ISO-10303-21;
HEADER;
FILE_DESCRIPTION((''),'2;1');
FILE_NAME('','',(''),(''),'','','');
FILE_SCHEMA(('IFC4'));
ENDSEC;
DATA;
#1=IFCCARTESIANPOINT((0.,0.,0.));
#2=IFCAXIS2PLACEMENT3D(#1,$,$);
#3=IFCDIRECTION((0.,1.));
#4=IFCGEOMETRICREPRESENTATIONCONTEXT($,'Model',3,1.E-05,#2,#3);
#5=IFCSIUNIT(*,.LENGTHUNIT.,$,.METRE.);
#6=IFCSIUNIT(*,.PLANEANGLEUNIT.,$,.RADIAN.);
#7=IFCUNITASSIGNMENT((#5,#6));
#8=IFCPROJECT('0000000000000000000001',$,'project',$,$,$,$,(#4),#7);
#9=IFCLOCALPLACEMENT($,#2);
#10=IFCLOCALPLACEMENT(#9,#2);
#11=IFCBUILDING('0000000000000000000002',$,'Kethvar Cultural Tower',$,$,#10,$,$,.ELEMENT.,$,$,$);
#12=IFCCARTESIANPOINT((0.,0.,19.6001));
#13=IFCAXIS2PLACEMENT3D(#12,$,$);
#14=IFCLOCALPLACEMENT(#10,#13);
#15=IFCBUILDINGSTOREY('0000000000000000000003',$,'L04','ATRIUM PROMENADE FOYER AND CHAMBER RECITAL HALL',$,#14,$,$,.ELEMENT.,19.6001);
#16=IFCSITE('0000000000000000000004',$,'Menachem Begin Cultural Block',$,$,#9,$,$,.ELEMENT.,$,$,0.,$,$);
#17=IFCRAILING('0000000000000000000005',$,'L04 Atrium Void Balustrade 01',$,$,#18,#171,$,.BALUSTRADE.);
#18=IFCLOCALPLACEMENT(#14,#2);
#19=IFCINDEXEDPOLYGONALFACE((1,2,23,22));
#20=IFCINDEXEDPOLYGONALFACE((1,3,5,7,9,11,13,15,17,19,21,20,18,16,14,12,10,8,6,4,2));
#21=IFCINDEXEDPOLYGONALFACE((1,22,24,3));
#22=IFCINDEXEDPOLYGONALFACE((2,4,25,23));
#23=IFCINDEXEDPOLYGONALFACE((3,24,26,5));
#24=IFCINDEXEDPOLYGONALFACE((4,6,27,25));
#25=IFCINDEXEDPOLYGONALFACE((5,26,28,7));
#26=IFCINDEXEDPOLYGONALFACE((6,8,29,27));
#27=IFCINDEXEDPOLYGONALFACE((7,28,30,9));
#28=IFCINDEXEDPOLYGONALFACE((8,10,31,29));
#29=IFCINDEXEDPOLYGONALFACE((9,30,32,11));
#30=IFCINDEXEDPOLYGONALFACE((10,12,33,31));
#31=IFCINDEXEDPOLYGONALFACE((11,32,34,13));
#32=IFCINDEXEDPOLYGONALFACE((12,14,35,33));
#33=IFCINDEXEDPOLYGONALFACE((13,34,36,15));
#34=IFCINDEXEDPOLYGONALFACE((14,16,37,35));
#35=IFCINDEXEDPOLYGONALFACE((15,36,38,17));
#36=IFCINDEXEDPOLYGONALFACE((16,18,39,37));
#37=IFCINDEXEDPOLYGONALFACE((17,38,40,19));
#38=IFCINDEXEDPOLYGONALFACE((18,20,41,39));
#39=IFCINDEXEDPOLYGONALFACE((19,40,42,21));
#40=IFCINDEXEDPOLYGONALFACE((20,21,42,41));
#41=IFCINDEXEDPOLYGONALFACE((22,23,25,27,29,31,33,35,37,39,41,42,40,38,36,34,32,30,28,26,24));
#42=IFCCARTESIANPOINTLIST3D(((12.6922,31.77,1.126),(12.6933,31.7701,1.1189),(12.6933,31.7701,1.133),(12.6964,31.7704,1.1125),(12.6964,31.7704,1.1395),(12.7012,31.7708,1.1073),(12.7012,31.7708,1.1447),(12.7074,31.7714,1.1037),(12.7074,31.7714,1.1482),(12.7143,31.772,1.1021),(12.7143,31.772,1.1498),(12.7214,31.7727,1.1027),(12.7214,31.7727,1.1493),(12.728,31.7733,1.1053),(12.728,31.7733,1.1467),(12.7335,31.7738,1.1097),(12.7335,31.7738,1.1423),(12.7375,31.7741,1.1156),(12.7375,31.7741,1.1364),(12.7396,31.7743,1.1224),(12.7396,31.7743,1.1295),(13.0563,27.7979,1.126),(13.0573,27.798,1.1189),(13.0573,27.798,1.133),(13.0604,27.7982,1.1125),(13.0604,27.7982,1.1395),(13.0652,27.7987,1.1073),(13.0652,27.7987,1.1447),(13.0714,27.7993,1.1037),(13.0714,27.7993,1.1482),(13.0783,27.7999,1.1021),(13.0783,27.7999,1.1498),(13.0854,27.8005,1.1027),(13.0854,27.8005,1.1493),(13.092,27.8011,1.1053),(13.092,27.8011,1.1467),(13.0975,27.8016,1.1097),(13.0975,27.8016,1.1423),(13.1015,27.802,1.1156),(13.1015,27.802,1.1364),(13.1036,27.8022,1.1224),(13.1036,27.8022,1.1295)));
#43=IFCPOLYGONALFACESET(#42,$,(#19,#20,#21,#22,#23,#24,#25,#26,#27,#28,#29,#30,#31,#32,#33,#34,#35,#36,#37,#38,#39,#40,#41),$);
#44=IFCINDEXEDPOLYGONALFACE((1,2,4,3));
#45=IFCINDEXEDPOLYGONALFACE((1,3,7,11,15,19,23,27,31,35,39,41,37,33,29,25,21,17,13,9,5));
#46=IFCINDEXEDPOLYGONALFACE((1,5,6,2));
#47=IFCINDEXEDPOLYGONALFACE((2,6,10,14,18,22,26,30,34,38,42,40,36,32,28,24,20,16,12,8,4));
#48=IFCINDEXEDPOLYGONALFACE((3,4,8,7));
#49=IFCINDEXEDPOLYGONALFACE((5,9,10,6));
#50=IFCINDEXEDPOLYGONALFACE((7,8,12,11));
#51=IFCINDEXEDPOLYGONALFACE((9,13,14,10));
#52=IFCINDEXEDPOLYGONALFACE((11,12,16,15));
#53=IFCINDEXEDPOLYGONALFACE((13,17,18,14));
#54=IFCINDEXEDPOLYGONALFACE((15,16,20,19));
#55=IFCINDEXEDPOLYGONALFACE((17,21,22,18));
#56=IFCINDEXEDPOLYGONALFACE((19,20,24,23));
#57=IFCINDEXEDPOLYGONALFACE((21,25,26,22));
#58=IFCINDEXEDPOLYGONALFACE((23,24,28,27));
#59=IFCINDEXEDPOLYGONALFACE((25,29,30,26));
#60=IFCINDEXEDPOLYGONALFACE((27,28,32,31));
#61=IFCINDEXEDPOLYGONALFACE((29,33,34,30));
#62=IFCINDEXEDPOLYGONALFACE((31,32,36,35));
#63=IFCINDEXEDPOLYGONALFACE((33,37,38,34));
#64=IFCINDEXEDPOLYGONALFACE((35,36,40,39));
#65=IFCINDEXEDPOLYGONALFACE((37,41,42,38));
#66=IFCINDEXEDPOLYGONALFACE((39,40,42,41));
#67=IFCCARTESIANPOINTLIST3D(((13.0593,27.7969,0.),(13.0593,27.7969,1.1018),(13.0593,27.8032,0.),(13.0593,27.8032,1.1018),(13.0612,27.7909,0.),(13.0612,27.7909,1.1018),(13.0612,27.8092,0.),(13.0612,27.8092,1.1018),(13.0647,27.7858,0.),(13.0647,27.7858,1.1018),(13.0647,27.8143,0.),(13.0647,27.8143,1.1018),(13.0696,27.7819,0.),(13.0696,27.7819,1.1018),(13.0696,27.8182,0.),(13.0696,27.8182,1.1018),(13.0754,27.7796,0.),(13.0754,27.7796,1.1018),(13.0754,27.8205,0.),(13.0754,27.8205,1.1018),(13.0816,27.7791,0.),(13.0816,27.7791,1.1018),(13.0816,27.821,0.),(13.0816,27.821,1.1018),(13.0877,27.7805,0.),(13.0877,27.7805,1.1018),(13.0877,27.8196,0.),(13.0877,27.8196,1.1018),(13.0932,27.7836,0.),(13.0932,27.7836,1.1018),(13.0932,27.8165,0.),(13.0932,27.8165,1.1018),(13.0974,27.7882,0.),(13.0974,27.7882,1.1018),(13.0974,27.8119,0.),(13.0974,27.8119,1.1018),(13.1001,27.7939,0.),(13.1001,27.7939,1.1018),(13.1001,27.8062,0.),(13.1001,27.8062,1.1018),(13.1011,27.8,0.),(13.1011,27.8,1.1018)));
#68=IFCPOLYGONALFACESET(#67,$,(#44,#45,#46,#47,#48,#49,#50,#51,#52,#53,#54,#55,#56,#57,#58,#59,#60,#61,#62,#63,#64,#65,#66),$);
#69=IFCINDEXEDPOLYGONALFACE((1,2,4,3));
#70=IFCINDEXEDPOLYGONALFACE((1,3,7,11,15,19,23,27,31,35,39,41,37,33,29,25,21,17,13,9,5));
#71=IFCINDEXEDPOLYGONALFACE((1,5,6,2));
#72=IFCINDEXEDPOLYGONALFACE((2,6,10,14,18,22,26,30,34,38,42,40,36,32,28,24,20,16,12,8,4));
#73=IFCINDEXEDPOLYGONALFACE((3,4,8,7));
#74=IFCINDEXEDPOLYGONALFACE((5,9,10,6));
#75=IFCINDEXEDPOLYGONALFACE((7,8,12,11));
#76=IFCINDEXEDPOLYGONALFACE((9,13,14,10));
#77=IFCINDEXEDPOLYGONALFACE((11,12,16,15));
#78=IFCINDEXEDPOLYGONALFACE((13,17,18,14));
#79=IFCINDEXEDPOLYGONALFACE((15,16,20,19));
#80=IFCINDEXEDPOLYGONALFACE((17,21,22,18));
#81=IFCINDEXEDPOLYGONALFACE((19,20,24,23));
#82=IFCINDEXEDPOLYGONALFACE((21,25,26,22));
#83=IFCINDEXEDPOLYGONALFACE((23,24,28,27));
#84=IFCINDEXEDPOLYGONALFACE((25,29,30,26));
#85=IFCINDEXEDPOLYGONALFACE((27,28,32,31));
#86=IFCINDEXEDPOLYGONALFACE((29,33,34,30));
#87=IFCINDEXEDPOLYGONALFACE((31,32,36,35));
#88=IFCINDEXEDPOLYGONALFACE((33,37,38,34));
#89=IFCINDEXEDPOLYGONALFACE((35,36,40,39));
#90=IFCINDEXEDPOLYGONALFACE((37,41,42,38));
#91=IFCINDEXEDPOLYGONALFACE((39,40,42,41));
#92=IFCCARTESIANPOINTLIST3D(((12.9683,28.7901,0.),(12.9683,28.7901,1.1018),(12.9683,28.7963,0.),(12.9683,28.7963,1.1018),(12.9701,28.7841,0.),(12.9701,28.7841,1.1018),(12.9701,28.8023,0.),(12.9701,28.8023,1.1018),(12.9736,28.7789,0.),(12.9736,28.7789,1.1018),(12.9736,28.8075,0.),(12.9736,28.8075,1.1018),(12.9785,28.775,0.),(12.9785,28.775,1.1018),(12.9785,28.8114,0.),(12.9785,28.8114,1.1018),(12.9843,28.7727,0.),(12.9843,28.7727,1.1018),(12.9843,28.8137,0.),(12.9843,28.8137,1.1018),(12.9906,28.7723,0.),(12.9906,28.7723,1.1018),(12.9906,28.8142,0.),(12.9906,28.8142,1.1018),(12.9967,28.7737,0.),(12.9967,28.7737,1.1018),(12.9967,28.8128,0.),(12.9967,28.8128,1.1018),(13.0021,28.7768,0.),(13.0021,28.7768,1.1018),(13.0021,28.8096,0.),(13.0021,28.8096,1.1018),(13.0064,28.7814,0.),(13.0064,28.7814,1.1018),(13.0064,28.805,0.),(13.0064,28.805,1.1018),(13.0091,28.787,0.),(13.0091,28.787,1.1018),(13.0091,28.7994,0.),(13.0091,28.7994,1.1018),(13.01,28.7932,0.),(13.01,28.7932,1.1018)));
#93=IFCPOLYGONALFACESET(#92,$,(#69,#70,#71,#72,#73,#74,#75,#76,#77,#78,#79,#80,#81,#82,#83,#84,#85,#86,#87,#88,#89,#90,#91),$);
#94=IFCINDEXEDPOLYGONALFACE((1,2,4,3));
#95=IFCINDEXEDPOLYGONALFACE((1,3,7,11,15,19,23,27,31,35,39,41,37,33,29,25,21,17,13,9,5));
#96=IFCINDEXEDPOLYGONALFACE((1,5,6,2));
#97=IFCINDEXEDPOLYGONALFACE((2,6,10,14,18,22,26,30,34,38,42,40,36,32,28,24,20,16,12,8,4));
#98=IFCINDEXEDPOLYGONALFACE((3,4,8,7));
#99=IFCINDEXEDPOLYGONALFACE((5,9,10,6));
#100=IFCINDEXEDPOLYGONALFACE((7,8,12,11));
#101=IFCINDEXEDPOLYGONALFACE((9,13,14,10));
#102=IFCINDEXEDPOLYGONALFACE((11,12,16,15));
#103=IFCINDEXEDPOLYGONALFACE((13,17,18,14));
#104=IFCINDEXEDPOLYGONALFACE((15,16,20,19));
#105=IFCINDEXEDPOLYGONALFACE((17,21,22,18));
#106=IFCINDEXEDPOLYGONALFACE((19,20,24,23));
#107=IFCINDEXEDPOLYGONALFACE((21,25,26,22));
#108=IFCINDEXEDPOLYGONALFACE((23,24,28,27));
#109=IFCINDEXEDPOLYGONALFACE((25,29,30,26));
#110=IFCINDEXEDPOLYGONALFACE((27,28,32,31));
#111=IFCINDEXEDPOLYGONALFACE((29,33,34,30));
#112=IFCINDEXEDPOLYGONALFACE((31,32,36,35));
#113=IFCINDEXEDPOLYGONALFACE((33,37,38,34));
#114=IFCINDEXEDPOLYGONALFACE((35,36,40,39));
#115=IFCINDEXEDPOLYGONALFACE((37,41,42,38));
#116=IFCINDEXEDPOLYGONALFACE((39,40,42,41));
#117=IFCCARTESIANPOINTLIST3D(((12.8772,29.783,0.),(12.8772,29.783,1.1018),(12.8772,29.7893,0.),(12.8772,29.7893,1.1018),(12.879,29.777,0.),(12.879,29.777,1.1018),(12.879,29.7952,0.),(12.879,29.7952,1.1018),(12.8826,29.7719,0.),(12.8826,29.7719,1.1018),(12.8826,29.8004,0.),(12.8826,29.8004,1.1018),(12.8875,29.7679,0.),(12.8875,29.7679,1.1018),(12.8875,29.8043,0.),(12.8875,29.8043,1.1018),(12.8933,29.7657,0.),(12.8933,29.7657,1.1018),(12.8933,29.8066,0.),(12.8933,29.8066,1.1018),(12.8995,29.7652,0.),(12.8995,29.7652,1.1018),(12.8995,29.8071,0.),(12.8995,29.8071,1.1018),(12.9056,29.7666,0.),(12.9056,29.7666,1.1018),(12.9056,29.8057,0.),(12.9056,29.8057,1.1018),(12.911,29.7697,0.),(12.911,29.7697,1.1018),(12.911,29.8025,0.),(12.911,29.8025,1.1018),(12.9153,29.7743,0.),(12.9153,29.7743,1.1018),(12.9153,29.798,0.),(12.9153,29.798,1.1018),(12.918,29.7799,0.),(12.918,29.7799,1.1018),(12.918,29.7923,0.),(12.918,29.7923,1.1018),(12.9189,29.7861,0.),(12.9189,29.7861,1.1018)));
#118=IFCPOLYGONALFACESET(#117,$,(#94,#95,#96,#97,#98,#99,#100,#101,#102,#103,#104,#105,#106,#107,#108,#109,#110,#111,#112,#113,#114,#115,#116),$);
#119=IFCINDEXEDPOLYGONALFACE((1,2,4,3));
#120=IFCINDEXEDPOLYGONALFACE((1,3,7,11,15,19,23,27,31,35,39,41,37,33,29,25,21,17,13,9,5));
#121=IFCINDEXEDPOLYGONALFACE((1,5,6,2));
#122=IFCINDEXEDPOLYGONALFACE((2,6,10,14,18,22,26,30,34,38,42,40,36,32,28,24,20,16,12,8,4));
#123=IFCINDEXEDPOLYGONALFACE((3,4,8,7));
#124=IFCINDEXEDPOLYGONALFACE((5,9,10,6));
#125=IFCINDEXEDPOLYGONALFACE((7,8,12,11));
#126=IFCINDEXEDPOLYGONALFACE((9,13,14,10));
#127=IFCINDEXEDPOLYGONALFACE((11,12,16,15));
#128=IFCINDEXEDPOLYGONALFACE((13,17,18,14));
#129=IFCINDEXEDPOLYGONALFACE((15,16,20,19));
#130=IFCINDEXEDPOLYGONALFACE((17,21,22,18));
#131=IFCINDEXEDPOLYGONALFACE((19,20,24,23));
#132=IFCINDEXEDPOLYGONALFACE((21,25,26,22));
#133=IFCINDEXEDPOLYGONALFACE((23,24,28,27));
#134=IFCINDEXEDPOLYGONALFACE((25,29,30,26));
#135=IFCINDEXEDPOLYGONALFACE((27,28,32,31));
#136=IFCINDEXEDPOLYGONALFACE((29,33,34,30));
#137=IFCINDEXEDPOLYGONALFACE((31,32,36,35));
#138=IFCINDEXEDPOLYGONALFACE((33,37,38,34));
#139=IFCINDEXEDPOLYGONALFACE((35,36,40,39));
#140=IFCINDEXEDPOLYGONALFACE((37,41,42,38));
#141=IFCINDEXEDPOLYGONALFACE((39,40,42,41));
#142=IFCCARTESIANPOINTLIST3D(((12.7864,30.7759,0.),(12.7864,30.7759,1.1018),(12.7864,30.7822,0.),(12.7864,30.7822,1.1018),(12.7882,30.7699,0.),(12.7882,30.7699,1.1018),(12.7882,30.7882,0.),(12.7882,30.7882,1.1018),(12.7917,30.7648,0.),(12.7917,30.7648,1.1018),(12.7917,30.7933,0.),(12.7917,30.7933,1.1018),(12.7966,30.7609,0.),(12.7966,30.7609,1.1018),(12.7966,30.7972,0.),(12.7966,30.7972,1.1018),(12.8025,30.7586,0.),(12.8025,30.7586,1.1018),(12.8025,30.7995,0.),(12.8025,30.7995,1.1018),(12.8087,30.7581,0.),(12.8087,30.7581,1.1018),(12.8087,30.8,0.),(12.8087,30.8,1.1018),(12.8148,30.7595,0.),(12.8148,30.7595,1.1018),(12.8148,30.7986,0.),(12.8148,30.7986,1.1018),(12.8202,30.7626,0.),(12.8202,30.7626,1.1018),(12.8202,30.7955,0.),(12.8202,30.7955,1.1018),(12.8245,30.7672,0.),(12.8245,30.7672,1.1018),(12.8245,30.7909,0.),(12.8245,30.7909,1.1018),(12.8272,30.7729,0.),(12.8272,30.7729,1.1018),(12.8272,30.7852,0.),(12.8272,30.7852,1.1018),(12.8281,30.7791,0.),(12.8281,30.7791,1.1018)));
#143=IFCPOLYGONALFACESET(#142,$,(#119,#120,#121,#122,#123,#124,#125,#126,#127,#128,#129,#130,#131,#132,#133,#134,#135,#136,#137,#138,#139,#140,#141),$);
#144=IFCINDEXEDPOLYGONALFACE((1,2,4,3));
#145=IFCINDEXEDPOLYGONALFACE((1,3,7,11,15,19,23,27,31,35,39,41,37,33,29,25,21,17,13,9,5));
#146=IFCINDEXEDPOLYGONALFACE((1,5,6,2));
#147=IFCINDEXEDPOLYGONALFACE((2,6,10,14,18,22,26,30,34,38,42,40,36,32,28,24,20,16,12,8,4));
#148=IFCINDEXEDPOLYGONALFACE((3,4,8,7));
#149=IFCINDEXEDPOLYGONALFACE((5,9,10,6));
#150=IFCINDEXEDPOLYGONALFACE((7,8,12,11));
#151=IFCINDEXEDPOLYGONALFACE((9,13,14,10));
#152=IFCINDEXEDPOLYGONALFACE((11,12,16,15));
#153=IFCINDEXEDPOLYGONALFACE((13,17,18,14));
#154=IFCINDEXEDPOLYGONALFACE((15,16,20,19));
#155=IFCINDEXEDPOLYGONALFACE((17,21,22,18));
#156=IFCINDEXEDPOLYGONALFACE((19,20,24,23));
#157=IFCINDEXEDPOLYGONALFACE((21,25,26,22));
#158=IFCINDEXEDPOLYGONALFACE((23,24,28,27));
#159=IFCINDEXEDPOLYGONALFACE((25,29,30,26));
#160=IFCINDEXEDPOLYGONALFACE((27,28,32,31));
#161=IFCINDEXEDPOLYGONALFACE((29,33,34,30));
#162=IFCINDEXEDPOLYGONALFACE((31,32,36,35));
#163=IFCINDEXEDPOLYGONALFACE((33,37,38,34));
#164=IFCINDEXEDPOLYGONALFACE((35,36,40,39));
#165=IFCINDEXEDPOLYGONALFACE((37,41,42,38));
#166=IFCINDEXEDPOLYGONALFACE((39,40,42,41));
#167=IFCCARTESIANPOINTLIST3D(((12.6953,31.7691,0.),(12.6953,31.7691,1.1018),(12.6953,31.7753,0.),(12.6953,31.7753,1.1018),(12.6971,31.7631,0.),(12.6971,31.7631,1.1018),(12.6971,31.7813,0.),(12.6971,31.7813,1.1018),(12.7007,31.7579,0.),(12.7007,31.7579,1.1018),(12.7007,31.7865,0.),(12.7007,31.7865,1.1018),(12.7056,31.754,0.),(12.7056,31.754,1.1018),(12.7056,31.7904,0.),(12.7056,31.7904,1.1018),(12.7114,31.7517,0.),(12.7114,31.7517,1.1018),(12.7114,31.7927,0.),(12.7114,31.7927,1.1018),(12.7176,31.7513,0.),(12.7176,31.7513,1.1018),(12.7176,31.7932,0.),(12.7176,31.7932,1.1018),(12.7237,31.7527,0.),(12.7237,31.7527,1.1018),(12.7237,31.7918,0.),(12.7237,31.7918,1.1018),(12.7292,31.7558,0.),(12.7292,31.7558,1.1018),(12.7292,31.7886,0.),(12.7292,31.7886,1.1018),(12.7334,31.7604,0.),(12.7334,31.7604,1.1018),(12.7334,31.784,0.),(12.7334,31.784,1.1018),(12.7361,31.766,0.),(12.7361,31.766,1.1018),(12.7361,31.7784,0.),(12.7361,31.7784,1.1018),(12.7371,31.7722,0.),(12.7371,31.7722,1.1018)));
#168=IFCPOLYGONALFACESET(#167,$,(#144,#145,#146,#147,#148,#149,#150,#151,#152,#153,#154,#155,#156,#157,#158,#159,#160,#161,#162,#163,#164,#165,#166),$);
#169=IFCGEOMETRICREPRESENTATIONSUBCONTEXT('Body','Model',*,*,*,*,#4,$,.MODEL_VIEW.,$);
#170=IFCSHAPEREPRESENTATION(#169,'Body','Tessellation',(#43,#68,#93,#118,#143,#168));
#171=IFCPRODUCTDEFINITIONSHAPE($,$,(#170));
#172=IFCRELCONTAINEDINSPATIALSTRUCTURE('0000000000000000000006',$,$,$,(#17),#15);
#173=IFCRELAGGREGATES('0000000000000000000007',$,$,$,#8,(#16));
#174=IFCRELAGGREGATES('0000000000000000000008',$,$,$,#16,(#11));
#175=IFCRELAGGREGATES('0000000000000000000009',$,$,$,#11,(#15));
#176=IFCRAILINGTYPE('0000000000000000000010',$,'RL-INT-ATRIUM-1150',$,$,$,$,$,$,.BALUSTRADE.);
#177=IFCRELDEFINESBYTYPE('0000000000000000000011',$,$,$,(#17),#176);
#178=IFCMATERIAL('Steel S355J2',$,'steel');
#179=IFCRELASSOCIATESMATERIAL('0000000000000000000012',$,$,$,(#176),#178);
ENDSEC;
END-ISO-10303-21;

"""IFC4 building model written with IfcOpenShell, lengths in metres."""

from ifc_helpers import new_model, si_unit, direction, frame, origin, origin_2d, place, context, subcontext, project, spatial, circle, extrude, material, type_object, element, save


model = new_model("IFC4")

# Units and contexts
model_context = context("Model", 3, precision=1e-05, world=origin(), true_north=direction((0.0, 1.0)))
body_context = subcontext(model_context, "Body", "Model", "MODEL_VIEW")
ifc_project = project(units=[si_unit("LENGTHUNIT", "METRE"), si_unit("PLANEANGLEUNIT", "RADIAN")], contexts=[model_context])

# Site, building, storey
site_placement = place(None, origin())
site = spatial("IfcSite", under=ifc_project, at=site_placement, Name="Menachem Begin Cultural Block", CompositionType="ELEMENT", RefElevation=0.0)
building_placement = place(site_placement, origin())
building = spatial("IfcBuilding", under=site, at=building_placement, Name="Kethvar Cultural Tower", CompositionType="ELEMENT")
storey_placement = place(building_placement, frame((0.0, 0.0, 19.6001)))
storey = spatial("IfcBuildingStorey", under=building, at=storey_placement, Name="L04", Description="ATRIUM PROMENADE FOYER AND CHAMBER RECITAL HALL", CompositionType="ELEMENT", Elevation=19.6001)

# Shared definitions
ifc_material_1 = material(Name="Steel S355J2", Category="steel")

# Railing
railing_type_1 = type_object("IfcRailingType", Name="RL-INT-ATRIUM-1150", PredefinedType="BALUSTRADE", material=ifc_material_1)
railing_1_placement = place(storey_placement, frame((13.0801, 27.8, 0.0)))
element("IfcRailing", 1, at=railing_1_placement, inside=storey, type_object=railing_type_1, Name="L04 Atrium Void Balustrade 01", PredefinedType="BALUSTRADE", context=body_context, shape_type="SweptSolid", body=[
    extrude(circle(Radius=0.0239, at=origin_2d()), frame((0.0, 0.0, 1.126), z_axis=(-0.091259, 0.995827, 0.0), x_axis=(-0.995827, -0.091259, 0.0)), (0.0, 0.0, 1.0), 3.9888),
    extrude(circle(Radius=0.021, at=origin_2d()), origin(), (0.0, 0.0, 1.0), 1.1018),
    extrude(circle(Radius=0.021, at=origin_2d()), frame((-0.0911, 0.9932, 0.0)), (0.0, 0.0, 1.0), 1.1018),
    extrude(circle(Radius=0.021, at=origin_2d()), frame((-0.1821, 1.9861, 0.0)), (0.0, 0.0, 1.0), 1.1018),
    extrude(circle(Radius=0.021, at=origin_2d()), frame((-0.2729, 2.979, 0.0)), (0.0, 0.0, 1.0), 1.1018),
    extrude(circle(Radius=0.021, at=origin_2d()), frame((-0.364, 3.9722, 0.0)), (0.0, 0.0, 1.0), 1.1018),
])

save(model, "model.ifc")
